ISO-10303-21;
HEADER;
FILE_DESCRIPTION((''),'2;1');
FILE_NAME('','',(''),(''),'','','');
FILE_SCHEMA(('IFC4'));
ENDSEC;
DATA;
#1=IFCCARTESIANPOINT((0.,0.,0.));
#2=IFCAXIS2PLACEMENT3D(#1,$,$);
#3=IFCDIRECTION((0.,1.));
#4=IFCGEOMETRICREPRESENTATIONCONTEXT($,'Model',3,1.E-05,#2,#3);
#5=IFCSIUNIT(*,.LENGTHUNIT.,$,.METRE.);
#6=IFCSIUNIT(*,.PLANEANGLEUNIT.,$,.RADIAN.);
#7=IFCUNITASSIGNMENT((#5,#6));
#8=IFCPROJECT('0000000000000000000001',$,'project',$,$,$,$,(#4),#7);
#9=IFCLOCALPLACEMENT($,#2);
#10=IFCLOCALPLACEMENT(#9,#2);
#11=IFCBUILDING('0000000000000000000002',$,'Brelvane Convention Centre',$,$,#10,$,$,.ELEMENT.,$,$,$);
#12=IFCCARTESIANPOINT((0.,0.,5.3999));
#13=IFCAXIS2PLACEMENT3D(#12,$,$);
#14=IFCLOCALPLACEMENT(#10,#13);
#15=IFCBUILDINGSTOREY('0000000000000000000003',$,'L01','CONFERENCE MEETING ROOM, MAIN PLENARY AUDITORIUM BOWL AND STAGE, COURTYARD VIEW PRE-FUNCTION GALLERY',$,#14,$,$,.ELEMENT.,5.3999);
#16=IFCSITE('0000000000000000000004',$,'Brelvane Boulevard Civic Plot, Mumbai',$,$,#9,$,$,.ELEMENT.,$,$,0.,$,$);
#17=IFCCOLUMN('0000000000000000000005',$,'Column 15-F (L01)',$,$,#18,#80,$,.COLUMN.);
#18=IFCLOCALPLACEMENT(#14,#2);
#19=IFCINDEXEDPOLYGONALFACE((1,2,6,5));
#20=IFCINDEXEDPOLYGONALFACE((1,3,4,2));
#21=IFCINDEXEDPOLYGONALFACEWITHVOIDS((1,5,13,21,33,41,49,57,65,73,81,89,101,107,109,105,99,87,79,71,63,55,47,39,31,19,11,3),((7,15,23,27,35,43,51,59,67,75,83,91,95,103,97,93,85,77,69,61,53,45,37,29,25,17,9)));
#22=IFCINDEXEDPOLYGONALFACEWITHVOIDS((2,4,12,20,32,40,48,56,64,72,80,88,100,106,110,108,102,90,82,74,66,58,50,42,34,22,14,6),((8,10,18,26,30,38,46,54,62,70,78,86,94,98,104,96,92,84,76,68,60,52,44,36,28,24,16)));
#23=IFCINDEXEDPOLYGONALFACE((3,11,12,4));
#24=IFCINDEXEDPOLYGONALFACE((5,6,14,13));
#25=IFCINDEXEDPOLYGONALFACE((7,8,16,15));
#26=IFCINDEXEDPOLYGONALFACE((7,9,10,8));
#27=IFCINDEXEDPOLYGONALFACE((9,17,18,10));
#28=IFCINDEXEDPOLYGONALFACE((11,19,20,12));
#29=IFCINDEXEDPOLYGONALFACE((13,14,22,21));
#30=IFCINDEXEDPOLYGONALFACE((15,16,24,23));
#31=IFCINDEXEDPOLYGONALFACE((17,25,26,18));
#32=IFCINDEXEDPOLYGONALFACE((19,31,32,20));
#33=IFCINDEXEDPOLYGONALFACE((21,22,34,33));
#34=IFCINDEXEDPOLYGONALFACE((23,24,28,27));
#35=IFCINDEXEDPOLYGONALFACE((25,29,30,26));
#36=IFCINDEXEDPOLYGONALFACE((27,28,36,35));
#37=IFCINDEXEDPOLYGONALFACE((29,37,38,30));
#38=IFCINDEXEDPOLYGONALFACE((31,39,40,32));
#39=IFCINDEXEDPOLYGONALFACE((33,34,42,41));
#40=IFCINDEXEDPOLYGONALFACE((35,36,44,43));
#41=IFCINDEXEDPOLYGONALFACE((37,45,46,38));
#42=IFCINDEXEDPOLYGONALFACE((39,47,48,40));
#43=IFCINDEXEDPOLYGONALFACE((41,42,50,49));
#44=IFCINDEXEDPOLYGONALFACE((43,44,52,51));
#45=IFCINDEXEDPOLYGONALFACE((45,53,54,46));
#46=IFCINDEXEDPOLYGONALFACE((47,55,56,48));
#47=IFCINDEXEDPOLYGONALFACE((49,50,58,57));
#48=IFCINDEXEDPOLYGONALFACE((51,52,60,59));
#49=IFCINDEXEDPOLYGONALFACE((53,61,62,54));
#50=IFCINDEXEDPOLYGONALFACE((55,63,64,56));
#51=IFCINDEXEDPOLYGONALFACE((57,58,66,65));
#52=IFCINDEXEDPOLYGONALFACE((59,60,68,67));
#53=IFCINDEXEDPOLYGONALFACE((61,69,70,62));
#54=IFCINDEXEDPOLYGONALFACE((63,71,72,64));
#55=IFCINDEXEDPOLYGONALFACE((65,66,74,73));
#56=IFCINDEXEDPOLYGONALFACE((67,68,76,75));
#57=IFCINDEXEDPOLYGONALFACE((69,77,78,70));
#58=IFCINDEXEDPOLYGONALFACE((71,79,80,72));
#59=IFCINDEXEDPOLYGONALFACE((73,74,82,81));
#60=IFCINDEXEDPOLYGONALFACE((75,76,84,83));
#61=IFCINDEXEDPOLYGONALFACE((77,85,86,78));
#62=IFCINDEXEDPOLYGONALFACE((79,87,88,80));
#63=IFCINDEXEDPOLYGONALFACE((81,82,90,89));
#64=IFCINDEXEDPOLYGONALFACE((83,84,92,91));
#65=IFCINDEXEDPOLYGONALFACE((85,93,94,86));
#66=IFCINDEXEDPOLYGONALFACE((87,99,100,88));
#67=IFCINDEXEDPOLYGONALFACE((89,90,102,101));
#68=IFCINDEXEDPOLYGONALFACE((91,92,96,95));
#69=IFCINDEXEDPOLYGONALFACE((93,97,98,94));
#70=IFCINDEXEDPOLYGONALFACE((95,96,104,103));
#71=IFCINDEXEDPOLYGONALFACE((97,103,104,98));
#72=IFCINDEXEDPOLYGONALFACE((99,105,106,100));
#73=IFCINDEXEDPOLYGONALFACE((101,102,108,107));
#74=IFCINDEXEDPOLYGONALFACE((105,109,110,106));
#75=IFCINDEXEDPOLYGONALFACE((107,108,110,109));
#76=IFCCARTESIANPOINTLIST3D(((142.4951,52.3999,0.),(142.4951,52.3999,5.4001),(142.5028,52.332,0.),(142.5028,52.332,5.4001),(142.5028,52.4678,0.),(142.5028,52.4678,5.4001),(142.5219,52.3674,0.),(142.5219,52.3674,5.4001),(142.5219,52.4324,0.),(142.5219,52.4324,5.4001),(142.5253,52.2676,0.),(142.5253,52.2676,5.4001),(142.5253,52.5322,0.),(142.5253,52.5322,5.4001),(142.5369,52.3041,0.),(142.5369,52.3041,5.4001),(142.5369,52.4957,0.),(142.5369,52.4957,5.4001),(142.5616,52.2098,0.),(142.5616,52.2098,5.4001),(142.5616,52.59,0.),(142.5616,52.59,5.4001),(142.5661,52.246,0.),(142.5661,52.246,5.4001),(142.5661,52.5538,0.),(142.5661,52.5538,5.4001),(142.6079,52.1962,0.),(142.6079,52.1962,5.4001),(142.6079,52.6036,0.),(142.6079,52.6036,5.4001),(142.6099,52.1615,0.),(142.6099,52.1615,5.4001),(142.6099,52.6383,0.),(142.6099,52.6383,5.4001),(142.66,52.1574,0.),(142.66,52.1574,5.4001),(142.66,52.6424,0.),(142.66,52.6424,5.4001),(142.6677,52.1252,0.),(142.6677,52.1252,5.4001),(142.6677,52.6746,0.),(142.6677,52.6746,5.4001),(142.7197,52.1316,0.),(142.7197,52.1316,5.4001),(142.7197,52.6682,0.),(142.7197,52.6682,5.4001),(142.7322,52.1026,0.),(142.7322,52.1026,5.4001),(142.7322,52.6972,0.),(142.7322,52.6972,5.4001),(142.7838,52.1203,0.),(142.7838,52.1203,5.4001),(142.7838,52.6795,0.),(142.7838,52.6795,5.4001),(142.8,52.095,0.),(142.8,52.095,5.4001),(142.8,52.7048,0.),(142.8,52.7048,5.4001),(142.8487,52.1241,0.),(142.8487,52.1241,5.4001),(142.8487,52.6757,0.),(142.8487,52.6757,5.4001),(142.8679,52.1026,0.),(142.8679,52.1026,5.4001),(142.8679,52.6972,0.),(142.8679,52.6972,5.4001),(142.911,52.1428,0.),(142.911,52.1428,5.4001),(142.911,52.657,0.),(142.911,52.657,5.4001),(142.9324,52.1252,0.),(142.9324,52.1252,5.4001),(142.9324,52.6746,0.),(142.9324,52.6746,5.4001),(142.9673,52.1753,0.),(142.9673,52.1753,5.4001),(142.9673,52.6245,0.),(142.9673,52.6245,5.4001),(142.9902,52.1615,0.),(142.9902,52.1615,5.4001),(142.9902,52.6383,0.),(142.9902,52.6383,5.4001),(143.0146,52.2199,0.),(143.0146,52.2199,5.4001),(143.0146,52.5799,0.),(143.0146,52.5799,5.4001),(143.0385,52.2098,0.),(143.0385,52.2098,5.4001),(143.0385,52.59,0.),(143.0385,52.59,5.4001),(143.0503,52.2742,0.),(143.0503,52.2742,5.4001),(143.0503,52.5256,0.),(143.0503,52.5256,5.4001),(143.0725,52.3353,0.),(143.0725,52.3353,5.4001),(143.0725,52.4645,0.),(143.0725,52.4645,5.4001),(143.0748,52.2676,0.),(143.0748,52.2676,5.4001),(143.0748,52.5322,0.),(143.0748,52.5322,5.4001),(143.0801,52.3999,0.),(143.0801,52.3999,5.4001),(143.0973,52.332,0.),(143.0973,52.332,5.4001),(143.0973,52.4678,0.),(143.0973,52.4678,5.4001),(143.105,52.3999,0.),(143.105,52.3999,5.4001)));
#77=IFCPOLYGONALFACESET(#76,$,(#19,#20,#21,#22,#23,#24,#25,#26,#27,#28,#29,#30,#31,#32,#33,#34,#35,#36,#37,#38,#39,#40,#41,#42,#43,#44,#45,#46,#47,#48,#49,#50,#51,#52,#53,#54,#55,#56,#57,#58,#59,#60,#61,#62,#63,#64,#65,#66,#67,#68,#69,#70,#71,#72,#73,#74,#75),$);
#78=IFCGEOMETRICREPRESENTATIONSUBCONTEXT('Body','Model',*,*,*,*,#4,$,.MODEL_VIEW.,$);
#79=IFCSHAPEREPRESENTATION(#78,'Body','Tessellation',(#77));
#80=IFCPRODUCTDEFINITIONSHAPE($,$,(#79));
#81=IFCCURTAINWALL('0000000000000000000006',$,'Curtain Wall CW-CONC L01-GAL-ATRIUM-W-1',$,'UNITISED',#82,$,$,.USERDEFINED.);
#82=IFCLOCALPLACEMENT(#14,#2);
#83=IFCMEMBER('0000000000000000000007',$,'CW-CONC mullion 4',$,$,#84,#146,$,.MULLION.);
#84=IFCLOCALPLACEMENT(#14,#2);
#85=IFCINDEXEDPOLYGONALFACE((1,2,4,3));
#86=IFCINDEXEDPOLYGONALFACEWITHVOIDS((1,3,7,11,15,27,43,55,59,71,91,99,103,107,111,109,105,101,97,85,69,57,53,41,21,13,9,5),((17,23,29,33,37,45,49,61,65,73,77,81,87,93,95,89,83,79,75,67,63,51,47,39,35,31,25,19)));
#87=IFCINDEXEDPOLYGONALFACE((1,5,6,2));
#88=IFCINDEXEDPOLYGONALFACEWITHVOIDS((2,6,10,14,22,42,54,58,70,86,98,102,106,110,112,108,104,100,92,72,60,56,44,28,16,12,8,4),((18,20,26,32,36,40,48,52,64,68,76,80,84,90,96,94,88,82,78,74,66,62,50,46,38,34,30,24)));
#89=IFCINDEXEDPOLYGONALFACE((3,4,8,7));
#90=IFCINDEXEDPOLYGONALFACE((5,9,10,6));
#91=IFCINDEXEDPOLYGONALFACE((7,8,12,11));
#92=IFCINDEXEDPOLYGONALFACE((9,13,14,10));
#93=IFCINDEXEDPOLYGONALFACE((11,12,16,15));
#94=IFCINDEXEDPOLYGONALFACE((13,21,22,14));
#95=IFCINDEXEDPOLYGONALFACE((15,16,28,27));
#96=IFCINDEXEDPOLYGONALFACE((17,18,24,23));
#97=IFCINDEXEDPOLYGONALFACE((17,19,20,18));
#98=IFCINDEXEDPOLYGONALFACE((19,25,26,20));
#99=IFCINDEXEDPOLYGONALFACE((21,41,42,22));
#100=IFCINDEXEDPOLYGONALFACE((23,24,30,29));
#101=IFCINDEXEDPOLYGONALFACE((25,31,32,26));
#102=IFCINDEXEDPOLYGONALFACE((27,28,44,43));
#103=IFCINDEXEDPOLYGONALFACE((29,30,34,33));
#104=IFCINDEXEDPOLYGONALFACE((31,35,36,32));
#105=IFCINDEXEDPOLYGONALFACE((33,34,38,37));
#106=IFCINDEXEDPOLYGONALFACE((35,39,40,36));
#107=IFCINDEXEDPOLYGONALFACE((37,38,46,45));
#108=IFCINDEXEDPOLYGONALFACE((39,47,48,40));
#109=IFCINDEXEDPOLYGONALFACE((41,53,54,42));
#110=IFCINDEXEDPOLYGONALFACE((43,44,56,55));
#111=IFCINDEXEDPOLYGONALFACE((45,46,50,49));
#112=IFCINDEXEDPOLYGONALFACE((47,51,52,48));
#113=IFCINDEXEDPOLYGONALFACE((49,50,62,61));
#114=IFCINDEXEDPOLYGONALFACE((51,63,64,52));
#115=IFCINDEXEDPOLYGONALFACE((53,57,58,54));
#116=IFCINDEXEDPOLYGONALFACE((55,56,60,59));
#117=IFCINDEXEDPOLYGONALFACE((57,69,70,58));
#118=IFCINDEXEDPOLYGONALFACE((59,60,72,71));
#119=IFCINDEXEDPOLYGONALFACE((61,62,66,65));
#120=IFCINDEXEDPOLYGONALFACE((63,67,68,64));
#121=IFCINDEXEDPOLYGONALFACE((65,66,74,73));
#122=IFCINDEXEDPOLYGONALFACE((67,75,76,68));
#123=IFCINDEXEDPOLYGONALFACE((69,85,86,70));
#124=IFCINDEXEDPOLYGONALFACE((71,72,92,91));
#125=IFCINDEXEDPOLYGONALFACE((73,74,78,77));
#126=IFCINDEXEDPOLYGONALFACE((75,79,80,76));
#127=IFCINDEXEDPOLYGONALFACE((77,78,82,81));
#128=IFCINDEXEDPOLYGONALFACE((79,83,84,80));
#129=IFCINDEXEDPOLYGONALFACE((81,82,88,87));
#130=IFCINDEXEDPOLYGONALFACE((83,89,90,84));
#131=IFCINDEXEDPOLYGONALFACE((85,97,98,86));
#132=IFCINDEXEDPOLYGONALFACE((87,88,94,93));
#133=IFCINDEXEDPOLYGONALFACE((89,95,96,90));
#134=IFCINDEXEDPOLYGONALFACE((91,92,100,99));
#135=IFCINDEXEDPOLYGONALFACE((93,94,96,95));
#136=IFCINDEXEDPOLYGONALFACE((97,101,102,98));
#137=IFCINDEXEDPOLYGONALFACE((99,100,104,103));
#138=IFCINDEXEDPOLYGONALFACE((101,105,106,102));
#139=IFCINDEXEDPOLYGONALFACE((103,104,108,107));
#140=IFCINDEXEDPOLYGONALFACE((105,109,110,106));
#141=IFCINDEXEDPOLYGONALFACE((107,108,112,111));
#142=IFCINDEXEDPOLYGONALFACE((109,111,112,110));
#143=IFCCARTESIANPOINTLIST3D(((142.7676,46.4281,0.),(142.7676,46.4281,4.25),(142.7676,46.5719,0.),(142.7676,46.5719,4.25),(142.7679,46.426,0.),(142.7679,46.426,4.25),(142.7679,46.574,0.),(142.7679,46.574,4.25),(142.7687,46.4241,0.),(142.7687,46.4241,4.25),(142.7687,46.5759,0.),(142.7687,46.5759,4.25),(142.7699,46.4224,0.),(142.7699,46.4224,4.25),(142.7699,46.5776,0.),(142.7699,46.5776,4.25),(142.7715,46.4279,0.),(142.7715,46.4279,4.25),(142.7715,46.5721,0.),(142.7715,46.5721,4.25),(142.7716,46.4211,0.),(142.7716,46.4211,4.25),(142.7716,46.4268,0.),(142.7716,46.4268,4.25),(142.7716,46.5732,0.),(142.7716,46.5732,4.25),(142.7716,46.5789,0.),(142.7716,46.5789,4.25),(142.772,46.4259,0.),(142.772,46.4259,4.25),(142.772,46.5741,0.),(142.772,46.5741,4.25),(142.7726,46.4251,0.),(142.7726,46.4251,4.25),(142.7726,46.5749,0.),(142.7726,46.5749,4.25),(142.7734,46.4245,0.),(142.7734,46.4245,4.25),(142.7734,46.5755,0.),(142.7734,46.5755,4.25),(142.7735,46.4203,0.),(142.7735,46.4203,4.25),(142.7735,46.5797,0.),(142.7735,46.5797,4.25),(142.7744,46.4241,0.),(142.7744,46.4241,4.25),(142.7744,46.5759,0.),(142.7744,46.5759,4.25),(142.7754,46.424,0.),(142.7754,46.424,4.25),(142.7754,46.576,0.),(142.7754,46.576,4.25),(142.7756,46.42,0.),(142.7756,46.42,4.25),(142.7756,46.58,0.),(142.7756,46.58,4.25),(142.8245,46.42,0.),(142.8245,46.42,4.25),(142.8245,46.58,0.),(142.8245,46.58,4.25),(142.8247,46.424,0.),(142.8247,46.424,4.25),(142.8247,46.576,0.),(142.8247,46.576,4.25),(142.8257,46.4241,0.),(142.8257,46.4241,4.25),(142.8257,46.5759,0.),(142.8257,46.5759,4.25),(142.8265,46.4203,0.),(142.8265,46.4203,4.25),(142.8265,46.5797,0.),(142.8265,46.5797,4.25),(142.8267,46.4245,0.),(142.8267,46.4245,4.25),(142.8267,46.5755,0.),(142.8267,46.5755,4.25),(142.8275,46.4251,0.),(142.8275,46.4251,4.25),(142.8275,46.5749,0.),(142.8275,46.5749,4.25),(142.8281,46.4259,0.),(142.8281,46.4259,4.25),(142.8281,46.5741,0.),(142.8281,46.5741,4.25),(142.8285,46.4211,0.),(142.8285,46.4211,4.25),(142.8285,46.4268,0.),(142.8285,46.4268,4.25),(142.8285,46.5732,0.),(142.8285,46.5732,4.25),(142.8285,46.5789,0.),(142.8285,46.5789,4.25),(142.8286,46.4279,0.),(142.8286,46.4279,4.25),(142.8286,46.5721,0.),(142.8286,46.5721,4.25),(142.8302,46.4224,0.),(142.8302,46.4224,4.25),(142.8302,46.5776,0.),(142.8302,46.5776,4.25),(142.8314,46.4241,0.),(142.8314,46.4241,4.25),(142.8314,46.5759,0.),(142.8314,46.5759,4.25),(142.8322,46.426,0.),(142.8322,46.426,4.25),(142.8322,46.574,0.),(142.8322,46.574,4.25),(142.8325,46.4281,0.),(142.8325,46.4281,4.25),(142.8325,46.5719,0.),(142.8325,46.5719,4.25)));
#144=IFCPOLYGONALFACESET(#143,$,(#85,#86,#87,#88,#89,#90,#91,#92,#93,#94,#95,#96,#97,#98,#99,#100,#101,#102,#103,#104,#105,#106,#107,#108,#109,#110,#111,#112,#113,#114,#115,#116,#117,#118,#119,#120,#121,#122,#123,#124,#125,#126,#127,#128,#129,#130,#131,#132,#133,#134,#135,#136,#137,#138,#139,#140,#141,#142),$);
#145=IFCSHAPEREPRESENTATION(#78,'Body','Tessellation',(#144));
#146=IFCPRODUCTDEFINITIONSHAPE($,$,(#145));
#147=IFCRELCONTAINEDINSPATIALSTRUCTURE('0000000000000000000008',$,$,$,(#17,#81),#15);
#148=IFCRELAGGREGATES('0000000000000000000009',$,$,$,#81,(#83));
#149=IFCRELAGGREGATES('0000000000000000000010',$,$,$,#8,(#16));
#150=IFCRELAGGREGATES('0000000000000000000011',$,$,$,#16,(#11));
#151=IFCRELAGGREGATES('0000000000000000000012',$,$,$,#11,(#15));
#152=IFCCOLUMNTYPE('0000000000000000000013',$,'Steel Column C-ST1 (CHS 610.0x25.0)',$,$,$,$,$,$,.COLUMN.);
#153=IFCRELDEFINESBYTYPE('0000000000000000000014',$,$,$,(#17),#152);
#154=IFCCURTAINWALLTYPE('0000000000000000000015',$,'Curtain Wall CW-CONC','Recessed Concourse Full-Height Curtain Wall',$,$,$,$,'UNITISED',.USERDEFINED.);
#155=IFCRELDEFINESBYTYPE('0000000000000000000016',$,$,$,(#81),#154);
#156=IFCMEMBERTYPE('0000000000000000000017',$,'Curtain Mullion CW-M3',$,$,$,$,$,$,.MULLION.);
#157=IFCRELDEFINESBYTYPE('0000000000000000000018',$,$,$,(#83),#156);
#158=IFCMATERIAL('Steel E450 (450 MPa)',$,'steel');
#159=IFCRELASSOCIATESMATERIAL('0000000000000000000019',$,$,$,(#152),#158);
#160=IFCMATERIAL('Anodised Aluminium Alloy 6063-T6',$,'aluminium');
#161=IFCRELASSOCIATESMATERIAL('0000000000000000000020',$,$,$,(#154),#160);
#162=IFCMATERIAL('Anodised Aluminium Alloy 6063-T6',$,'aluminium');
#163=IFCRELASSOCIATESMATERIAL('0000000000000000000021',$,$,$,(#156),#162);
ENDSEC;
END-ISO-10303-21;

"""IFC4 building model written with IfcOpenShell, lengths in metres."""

from ifc_helpers import new_model, si_unit, direction, frame, origin, origin_2d, place, context, subcontext, project, spatial, hollow_rectangle, hollow_circle, extrude, material, material_profile, profile_set, type_object, element, aggregate, save


model = new_model("IFC4")

# Units and contexts
model_context = context("Model", 3, precision=1e-05, world=origin(), true_north=direction((0.0, 1.0)))
body_context = subcontext(model_context, "Body", "Model", "MODEL_VIEW")
ifc_project = project(units=[si_unit("LENGTHUNIT", "METRE"), si_unit("PLANEANGLEUNIT", "RADIAN")], contexts=[model_context])

# Site, building, storey
site_placement = place(None, origin())
site = spatial("IfcSite", under=ifc_project, at=site_placement, Name="Brelvane Boulevard Civic Plot, Mumbai", CompositionType="ELEMENT", RefElevation=0.0)
building_placement = place(site_placement, origin())
building = spatial("IfcBuilding", under=site, at=building_placement, Name="Brelvane Convention Centre", CompositionType="ELEMENT")
storey_placement = place(building_placement, frame((0.0, 0.0, 5.3999)))
storey = spatial("IfcBuildingStorey", under=building, at=storey_placement, Name="L01", Description="CONFERENCE MEETING ROOM, MAIN PLENARY AUDITORIUM BOWL AND STAGE, COURTYARD VIEW PRE-FUNCTION GALLERY", CompositionType="ELEMENT", Elevation=5.3999)

# Column
ifc_material_1 = material(Name="Steel E450 (450 MPa)", Category="steel")
ifc_material_profile_1 = material_profile(ifc_material_1, hollow_circle(Radius=0.3049, WallThickness=0.0249, at=origin_2d()), Name="CHS 610.0x25.0")
ifc_profile_set_1 = profile_set([ifc_material_profile_1], Name="Steel E450 (450 MPa)")
column_type = type_object("IfcColumnType", Name="Steel Column C-ST1 (CHS 610.0x25.0)", PredefinedType="COLUMN", material=ifc_profile_set_1)
column_placement = place(storey_placement, frame((142.8, 52.3999, 0.0), z_axis=(0.0, 0.0, 1.0), x_axis=(1.0, 0.0, 0.0)))
element("IfcColumn", 1, at=column_placement, inside=storey, type_object=column_type, Name="Column 15-F (L01)", PredefinedType="COLUMN", context=body_context, shape_type="SweptSolid", body=[
    extrude(hollow_circle(Radius=0.3049, WallThickness=0.0249, at=origin_2d()), origin(), (0.0, 0.0, 1.0), 5.4001),
])

# Curtain wall, member
ifc_material_2 = material(Name="Anodised Aluminium Alloy 6063-T6", Category="aluminium")
curtain_wall_type = type_object("IfcCurtainWallType", Name="Curtain Wall CW-CONC", Description="Recessed Concourse Full-Height Curtain Wall", ElementType="UNITISED", PredefinedType="USERDEFINED", material=ifc_material_2)
curtain_wall_placement = place(storey_placement, origin())
curtain_wall = element("IfcCurtainWall", 2, at=curtain_wall_placement, inside=storey, type_object=curtain_wall_type, Name="Curtain Wall CW-CONC L01-GAL-ATRIUM-W-1", ObjectType="UNITISED", PredefinedType="USERDEFINED")
ifc_material_3 = material(Name="Anodised Aluminium Alloy 6063-T6", Category="aluminium")
ifc_material_profile_2 = material_profile(ifc_material_3, hollow_rectangle(XDim=0.0649, YDim=0.1599, WallThickness=0.0039, InnerFilletRadius=0.0039, OuterFilletRadius=0.0081, at=origin_2d()), Name="ALU-M 160x65x4.0")
ifc_profile_set_2 = profile_set([ifc_material_profile_2], Name="Anodised Aluminium Alloy 6063-T6")
member_type_1 = type_object("IfcMemberType", Name="Curtain Mullion CW-M3", PredefinedType="MULLION", material=ifc_profile_set_2)
member_1_placement = place(storey_placement, frame((142.8, 46.5, 0.0), z_axis=(0.0, 0.0, 1.0), x_axis=(-1.0, 0.0, 0.0)))
member_1 = element("IfcMember", 3, at=member_1_placement, type_object=member_type_1, Name="CW-CONC mullion 4", PredefinedType="MULLION", context=body_context, shape_type="SweptSolid", body=[
    extrude(hollow_rectangle(XDim=0.0649, YDim=0.1599, WallThickness=0.0039, InnerFilletRadius=0.0039, OuterFilletRadius=0.0081, at=origin_2d()), origin(), (0.0, 0.0, 1.0), 4.25),
])

aggregate(curtain_wall, [member_1])

save(model, "model.ifc")
